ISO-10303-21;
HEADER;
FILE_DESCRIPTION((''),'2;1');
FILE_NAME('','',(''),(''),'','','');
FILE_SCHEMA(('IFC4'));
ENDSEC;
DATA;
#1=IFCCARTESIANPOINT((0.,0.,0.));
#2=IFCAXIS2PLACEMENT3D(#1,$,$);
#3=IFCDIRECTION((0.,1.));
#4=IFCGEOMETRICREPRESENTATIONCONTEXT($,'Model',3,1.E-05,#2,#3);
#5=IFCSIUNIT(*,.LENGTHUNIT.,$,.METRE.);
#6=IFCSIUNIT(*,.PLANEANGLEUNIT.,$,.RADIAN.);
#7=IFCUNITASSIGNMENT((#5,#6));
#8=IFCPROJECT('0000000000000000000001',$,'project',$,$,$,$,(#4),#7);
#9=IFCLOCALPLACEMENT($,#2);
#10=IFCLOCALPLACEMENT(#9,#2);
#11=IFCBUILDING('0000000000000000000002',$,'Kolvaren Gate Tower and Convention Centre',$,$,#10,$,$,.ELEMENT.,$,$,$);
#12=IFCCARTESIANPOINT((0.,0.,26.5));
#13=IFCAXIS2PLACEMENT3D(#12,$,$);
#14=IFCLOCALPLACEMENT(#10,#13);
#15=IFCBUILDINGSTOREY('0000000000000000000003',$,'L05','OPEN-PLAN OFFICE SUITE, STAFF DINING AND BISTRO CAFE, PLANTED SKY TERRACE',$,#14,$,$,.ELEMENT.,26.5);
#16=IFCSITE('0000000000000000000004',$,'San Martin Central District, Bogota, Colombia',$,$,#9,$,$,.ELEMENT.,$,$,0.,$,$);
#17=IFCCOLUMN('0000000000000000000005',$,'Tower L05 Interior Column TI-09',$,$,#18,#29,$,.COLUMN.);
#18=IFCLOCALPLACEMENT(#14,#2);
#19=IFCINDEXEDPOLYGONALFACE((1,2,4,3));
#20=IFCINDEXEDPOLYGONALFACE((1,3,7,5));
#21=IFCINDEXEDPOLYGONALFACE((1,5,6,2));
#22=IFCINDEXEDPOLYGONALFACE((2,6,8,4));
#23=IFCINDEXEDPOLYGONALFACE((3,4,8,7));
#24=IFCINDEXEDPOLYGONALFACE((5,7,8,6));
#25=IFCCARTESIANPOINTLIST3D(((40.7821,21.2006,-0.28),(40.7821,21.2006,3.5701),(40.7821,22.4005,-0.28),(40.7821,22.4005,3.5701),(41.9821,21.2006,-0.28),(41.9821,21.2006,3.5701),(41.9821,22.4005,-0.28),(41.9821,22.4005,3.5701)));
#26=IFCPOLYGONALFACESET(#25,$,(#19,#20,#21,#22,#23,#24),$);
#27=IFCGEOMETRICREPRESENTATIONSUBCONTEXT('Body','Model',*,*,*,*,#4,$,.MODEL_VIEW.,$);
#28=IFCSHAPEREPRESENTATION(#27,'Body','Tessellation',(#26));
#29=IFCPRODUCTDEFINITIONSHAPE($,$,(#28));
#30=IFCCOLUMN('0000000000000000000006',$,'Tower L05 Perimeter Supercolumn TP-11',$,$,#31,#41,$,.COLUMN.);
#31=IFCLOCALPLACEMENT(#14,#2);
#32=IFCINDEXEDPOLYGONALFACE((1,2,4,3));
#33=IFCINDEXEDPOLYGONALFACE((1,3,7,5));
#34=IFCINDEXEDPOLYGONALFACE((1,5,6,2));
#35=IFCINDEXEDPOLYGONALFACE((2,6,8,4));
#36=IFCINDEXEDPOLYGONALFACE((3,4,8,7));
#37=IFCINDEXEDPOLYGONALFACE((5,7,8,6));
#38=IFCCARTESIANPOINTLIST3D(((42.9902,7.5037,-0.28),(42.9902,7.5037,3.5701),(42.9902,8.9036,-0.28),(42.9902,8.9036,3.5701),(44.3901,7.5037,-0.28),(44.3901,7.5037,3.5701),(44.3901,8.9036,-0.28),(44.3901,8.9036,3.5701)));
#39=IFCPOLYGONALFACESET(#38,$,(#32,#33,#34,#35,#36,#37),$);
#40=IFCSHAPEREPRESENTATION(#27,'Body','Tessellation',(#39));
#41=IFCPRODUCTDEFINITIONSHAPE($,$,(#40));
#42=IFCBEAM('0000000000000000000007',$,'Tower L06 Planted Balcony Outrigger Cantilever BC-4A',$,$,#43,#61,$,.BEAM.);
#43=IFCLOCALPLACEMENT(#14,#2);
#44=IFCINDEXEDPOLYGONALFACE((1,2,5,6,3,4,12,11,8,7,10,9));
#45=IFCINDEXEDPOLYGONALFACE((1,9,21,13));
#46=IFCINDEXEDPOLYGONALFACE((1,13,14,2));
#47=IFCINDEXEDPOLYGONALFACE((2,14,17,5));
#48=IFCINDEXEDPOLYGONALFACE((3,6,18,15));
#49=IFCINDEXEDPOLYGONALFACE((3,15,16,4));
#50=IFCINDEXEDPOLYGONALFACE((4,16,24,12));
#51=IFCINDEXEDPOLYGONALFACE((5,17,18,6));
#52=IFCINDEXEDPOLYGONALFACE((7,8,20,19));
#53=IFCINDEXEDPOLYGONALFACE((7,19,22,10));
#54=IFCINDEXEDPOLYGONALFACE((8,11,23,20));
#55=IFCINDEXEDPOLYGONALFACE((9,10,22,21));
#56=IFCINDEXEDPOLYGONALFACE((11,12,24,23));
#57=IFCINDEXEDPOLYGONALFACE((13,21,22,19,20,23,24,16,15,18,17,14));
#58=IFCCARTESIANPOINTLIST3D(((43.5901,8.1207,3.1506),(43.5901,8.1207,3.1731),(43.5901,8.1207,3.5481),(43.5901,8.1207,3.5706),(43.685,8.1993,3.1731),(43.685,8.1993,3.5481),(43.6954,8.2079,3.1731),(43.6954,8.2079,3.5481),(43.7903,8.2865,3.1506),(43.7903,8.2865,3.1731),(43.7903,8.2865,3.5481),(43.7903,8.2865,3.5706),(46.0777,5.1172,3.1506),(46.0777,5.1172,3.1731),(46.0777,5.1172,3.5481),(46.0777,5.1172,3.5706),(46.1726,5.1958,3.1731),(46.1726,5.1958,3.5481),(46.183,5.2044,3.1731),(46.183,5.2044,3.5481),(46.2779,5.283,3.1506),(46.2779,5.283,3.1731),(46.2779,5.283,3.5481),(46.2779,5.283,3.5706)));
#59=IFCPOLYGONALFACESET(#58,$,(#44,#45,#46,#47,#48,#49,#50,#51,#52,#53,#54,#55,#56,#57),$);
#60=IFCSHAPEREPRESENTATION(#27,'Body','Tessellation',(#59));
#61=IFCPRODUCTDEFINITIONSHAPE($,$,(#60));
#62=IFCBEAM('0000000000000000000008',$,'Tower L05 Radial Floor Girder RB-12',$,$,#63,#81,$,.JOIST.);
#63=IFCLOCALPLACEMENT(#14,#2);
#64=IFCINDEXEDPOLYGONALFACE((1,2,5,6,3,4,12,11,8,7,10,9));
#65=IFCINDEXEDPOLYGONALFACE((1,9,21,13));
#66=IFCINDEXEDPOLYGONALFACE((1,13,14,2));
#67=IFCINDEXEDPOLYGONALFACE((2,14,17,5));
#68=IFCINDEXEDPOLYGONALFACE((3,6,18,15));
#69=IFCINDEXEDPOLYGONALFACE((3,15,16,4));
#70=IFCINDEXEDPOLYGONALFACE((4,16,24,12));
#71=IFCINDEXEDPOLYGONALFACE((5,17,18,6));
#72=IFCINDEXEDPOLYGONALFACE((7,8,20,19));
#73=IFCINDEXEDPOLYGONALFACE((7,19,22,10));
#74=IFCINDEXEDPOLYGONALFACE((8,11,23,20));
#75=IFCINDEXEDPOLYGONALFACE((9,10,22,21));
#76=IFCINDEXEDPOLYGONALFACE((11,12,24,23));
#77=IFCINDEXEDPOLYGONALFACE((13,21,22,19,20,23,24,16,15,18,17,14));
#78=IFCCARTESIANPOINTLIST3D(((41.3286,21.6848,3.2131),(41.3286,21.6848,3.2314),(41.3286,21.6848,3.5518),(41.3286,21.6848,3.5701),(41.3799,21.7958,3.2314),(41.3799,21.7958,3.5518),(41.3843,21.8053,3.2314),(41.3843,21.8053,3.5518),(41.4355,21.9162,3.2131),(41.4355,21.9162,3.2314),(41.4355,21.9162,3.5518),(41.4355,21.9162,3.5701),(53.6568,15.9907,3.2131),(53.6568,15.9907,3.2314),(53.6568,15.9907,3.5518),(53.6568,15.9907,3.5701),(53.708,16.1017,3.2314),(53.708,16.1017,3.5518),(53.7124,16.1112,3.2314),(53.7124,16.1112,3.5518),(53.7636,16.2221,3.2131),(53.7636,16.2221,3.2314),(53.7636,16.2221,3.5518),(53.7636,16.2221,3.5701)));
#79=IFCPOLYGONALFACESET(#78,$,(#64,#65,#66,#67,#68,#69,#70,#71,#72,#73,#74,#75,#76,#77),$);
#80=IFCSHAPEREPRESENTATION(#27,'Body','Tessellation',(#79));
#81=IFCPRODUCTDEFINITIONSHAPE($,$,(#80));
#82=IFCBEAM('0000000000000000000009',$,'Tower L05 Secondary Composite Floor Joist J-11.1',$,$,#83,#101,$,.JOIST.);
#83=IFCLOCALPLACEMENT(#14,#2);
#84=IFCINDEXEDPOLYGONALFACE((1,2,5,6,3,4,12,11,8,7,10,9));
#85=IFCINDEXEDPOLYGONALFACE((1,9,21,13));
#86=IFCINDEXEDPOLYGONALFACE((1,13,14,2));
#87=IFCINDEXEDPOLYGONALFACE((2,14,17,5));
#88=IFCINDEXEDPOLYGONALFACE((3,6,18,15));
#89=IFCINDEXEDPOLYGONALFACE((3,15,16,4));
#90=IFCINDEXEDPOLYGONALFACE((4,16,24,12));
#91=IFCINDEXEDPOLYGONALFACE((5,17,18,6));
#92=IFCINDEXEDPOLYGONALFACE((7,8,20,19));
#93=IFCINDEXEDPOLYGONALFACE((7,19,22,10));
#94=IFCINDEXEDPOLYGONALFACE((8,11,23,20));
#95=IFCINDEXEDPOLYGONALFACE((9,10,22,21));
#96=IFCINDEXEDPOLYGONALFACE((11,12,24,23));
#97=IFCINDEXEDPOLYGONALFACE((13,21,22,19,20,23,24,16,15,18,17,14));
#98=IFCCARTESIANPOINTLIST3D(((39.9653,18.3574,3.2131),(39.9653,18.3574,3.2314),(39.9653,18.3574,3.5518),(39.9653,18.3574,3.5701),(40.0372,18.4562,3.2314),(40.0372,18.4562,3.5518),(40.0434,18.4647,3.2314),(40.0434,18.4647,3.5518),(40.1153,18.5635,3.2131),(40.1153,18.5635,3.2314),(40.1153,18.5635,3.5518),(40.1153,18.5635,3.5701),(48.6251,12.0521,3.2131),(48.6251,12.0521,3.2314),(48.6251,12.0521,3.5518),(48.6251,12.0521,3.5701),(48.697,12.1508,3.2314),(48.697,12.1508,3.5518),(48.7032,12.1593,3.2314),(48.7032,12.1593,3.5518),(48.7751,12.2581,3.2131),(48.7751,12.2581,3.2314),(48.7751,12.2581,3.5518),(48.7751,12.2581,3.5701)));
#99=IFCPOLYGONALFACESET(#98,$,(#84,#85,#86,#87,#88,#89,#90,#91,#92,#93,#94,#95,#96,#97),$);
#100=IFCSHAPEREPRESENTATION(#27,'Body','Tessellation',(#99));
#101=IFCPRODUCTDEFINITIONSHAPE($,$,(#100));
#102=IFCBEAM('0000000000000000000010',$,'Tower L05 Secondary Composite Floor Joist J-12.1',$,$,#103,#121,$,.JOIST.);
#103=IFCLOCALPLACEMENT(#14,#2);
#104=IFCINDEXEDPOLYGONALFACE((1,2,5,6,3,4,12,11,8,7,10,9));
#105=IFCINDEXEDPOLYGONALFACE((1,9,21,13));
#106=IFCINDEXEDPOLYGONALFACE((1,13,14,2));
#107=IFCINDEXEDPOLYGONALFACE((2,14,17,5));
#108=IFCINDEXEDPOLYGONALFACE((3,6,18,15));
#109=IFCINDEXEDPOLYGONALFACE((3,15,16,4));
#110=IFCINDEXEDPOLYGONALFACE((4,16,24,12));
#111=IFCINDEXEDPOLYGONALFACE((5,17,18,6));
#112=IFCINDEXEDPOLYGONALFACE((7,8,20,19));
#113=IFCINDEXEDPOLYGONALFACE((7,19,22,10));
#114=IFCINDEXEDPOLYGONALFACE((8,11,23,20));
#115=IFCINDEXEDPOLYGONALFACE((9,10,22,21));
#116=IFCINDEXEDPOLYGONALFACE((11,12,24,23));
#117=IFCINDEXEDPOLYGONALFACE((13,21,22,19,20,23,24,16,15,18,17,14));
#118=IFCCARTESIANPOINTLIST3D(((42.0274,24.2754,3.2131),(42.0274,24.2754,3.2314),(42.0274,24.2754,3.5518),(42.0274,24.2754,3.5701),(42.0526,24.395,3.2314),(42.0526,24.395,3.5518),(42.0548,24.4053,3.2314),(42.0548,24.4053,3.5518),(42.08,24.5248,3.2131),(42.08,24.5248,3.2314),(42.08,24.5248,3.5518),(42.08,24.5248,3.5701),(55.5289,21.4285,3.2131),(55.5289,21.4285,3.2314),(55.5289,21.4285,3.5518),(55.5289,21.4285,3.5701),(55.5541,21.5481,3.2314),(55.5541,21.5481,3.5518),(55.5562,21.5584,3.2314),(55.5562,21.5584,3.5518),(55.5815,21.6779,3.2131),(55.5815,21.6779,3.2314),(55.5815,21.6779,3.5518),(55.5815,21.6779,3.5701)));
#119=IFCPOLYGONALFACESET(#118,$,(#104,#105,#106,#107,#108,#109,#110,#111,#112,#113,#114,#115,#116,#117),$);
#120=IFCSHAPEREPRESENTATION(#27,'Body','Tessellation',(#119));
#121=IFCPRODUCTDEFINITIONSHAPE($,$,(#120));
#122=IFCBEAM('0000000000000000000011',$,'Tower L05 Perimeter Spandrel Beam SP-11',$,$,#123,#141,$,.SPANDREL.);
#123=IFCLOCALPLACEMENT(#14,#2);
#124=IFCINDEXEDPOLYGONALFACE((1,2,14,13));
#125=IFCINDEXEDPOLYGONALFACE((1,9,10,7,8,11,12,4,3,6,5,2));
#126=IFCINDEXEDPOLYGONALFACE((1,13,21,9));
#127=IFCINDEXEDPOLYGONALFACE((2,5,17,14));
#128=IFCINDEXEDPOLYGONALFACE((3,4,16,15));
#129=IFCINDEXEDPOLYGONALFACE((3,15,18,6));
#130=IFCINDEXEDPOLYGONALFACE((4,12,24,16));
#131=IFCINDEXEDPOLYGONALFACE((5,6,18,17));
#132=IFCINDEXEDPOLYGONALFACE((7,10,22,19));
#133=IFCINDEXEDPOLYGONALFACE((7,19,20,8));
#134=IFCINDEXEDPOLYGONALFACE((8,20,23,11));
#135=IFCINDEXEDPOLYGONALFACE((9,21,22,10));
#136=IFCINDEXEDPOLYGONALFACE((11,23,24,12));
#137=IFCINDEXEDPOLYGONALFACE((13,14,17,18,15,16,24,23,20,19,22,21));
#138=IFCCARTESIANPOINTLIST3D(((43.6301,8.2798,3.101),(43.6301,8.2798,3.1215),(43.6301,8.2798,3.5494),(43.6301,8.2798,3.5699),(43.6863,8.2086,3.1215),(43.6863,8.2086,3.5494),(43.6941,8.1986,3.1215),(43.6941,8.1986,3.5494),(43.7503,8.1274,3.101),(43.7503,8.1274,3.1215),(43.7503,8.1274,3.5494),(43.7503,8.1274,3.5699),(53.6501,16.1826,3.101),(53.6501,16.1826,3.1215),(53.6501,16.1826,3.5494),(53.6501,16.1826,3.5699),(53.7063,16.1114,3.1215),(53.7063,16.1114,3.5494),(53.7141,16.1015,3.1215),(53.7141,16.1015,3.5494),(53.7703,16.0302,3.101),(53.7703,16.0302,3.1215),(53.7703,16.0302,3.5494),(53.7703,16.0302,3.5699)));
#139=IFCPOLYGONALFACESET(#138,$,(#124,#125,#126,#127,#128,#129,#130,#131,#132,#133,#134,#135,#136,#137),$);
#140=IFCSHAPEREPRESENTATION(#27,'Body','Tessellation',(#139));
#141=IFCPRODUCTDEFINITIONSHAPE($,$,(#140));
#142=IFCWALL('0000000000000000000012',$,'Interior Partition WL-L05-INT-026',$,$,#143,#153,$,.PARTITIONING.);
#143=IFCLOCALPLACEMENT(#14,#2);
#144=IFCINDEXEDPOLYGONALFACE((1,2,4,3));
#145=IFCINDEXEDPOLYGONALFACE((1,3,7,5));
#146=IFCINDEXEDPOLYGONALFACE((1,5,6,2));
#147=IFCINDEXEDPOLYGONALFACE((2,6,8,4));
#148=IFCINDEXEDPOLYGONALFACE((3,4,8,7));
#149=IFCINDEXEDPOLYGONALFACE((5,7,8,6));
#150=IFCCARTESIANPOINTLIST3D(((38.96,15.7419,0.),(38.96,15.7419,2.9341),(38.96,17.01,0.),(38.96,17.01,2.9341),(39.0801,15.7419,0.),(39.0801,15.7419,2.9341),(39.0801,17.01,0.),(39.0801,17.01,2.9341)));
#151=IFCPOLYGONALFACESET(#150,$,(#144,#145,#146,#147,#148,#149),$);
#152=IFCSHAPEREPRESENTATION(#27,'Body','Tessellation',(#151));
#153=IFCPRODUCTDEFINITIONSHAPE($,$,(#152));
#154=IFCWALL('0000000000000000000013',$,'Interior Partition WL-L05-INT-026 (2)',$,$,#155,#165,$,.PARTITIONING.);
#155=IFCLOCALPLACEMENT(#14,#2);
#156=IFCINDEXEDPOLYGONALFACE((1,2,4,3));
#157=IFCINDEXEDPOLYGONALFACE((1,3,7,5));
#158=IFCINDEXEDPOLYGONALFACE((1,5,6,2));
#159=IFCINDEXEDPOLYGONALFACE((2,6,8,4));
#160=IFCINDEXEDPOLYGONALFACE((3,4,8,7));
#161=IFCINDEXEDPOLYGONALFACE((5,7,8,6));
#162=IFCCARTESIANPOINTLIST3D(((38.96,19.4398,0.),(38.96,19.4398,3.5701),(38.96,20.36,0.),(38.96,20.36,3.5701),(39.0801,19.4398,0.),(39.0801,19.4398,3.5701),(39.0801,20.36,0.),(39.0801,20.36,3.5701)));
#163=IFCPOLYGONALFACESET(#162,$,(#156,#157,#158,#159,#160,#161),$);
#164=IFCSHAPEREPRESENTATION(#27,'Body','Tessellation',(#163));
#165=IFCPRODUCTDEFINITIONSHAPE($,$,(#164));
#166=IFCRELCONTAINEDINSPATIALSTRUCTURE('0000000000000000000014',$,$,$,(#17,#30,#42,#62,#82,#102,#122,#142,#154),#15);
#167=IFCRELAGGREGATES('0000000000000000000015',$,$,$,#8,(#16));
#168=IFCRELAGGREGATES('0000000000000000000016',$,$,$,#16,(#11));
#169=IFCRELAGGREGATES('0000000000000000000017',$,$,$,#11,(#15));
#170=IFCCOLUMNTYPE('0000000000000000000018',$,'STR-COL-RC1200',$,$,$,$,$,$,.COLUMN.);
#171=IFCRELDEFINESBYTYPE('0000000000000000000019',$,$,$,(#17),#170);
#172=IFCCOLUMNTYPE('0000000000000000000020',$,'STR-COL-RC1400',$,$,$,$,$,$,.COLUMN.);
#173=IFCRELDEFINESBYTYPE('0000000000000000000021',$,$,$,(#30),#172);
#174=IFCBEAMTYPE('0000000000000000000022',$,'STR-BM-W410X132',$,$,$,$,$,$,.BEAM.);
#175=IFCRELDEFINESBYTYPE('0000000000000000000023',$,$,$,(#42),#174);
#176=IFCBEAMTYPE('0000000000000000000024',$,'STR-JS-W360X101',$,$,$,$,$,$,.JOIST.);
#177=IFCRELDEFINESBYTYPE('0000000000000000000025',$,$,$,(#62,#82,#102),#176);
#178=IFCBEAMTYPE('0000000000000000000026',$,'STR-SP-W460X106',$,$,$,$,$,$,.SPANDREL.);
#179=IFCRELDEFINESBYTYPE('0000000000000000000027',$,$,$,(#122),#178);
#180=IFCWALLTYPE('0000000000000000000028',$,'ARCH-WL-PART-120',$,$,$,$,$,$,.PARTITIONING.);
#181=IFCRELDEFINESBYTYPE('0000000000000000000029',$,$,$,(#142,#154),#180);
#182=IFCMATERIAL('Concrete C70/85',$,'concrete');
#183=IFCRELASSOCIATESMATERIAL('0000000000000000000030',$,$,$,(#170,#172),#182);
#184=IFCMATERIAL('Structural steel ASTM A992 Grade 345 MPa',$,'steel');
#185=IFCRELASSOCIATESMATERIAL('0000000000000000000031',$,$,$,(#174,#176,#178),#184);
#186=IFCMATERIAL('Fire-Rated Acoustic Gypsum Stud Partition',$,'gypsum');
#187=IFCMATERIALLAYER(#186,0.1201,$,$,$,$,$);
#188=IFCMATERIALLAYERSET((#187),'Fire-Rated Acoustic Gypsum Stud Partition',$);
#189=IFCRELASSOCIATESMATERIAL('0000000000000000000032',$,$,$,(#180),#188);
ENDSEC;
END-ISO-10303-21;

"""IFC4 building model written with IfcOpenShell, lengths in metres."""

from ifc_helpers import new_model, si_unit, direction, frame, frame_2d, origin, origin_2d, place, context, subcontext, project, spatial, rectangle, i_section, extrude, material, layer, layer_set, material_profile, profile_set, type_object, element, save


model = new_model("IFC4")

# Units and contexts
model_context = context("Model", 3, precision=1e-05, world=origin(), true_north=direction((0.0, 1.0)))
body_context = subcontext(model_context, "Body", "Model", "MODEL_VIEW")
ifc_project = project(units=[si_unit("LENGTHUNIT", "METRE"), si_unit("PLANEANGLEUNIT", "RADIAN")], contexts=[model_context])

# Site, building, storey
site_placement = place(None, origin())
site = spatial("IfcSite", under=ifc_project, at=site_placement, Name="San Martin Central District, Bogota, Colombia", CompositionType="ELEMENT", RefElevation=0.0)
building_placement = place(site_placement, origin())
building = spatial("IfcBuilding", under=site, at=building_placement, Name="Kolvaren Gate Tower and Convention Centre", CompositionType="ELEMENT")
storey_placement = place(building_placement, frame((0.0, 0.0, 26.5)))
storey = spatial("IfcBuildingStorey", under=building, at=storey_placement, Name="L05", Description="OPEN-PLAN OFFICE SUITE, STAFF DINING AND BISTRO CAFE, PLANTED SKY TERRACE", CompositionType="ELEMENT", Elevation=26.5)

# Columns
ifc_material_1 = material(Name="Concrete C70/85", Category="concrete")
ifc_material_profile_1 = material_profile(ifc_material_1, rectangle(XDim=1.2, YDim=1.2, at=origin_2d()), Name="RC-COL-1200X1200")
ifc_profile_set_1 = profile_set([ifc_material_profile_1], Name="Concrete C70/85")
column_type_1 = type_object("IfcColumnType", Name="STR-COL-RC1200", PredefinedType="COLUMN", material=ifc_profile_set_1)
column_1_placement = place(storey_placement, frame((41.3821, 21.8005, -0.28), z_axis=(0.0, 0.0, 1.0), x_axis=(1.0, 0.0, 0.0)))
element("IfcColumn", 1, at=column_1_placement, inside=storey, type_object=column_type_1, Name="Tower L05 Interior Column TI-09", PredefinedType="COLUMN", context=body_context, shape_type="SweptSolid", body=[
    extrude(rectangle(XDim=1.2, YDim=1.2, at=origin_2d()), origin(), (0.0, 0.0, 1.0), 3.8501),
])
ifc_material_profile_2 = material_profile(ifc_material_1, rectangle(XDim=1.3999, YDim=1.3999, at=origin_2d()), Name="RC-COL-1400X1400")
ifc_profile_set_2 = profile_set([ifc_material_profile_2], Name="Concrete C70/85")
column_type_2 = type_object("IfcColumnType", Name="STR-COL-RC1400", PredefinedType="COLUMN", material=ifc_profile_set_2)
column_2_placement = place(storey_placement, frame((43.6902, 8.2036, -0.28), z_axis=(0.0, 0.0, 1.0), x_axis=(1.0, 0.0, 0.0)))
element("IfcColumn", 2, at=column_2_placement, inside=storey, type_object=column_type_2, Name="Tower L05 Perimeter Supercolumn TP-11", PredefinedType="COLUMN", context=body_context, shape_type="SweptSolid", body=[
    extrude(rectangle(XDim=1.3999, YDim=1.3999, at=origin_2d()), origin(), (0.0, 0.0, 1.0), 3.8501),
])

# Beams
ifc_material_2 = material(Name="Structural steel ASTM A992 Grade 345 MPa", Category="steel")
ifc_material_profile_3 = material_profile(ifc_material_2, i_section(OverallWidth=0.26, OverallDepth=0.4199, WebThickness=0.0134, FlangeThickness=0.0225, at=origin_2d()), Name="W410X132")
ifc_profile_set_3 = profile_set([ifc_material_profile_3], Name="Structural steel ASTM A992 Grade 345 MPa")
beam_type_1 = type_object("IfcBeamType", Name="STR-BM-W410X132", PredefinedType="BEAM", material=ifc_profile_set_3)
beam_1_placement = place(storey_placement, frame((43.6902, 8.2036, 3.3606), z_axis=(0.637866, -0.770147, 0.0), x_axis=(0.770147, 0.637866, 0.0)))
element("IfcBeam", 3, at=beam_1_placement, inside=storey, type_object=beam_type_1, Name="Tower L06 Planted Balcony Outrigger Cantilever BC-4A", PredefinedType="BEAM", context=body_context, shape_type="SweptSolid", body=[
    extrude(i_section(OverallWidth=0.26, OverallDepth=0.4199, WebThickness=0.0134, FlangeThickness=0.0225, at=origin_2d()), origin(), (0.0, 0.0, 1.0), 3.8999),
])
ifc_material_profile_4 = material_profile(ifc_material_2, i_section(OverallWidth=0.2549, OverallDepth=0.3569, WebThickness=0.0105, FlangeThickness=0.0183, at=origin_2d()), Name="W360X101")
ifc_profile_set_4 = profile_set([ifc_material_profile_4], Name="Structural steel ASTM A992 Grade 345 MPa")
beam_type_2 = type_object("IfcBeamType", Name="STR-JS-W360X101", PredefinedType="JOIST", material=ifc_profile_set_4)
beam_2_placement = place(storey_placement, frame((41.3821, 21.8005, 3.3916), z_axis=(0.907842, -0.419312, 0.0), x_axis=(0.419312, 0.907842, 0.0)))
element("IfcBeam", 4, at=beam_2_placement, inside=storey, type_object=beam_type_2, Name="Tower L05 Radial Floor Girder RB-12", PredefinedType="JOIST", context=body_context, shape_type="SweptSolid", body=[
    extrude(i_section(OverallWidth=0.2549, OverallDepth=0.3569, WebThickness=0.0105, FlangeThickness=0.0183, at=origin_2d()), origin(), (0.0, 0.0, 1.0), 13.5796),
])
beam_3_placement = place(storey_placement, frame((40.0403, 18.4604, 3.3916), z_axis=(0.808412, -0.588617, 0.0), x_axis=(0.588617, 0.808412, 0.0)))
element("IfcBeam", 5, at=beam_3_placement, inside=storey, type_object=beam_type_2, Name="Tower L05 Secondary Composite Floor Joist J-11.1", PredefinedType="JOIST", context=body_context, shape_type="SweptSolid", body=[
    extrude(i_section(OverallWidth=0.2549, OverallDepth=0.3569, WebThickness=0.0105, FlangeThickness=0.0183, at=origin_2d()), origin(), (0.0, 0.0, 1.0), 10.7122),
])
beam_4_placement = place(storey_placement, frame((42.0537, 24.4001, 3.3916), z_axis=(0.978484, -0.206323, 0.0), x_axis=(0.206323, 0.978484, 0.0)))
element("IfcBeam", 6, at=beam_4_placement, inside=storey, type_object=beam_type_2, Name="Tower L05 Secondary Composite Floor Joist J-12.1", PredefinedType="JOIST", context=body_context, shape_type="SweptSolid", body=[
    extrude(i_section(OverallWidth=0.2549, OverallDepth=0.3569, WebThickness=0.0105, FlangeThickness=0.0183, at=origin_2d()), origin(), (0.0, 0.0, 1.0), 13.7983),
])
ifc_material_profile_5 = material_profile(ifc_material_2, i_section(OverallWidth=0.1941, OverallDepth=0.469, WebThickness=0.0127, FlangeThickness=0.0205, at=origin_2d()), Name="W460X106")
ifc_profile_set_5 = profile_set([ifc_material_profile_5], Name="Structural steel ASTM A992 Grade 345 MPa")
beam_type_3 = type_object("IfcBeamType", Name="STR-SP-W460X106", PredefinedType="SPANDREL", material=ifc_profile_set_5)
beam_5_placement = place(storey_placement, frame((43.6902, 8.2036, 3.3354), z_axis=(0.785176, 0.619272, 0.0), x_axis=(-0.619272, 0.785176, 0.0)))
element("IfcBeam", 7, at=beam_5_placement, inside=storey, type_object=beam_type_3, Name="Tower L05 Perimeter Spandrel Beam SP-11", PredefinedType="SPANDREL", context=body_context, shape_type="SweptSolid", body=[
    extrude(i_section(OverallWidth=0.1941, OverallDepth=0.469, WebThickness=0.0127, FlangeThickness=0.0205, at=origin_2d()), origin(), (0.0, 0.0, 1.0), 12.7615),
])

# Walls
ifc_material_3 = material(Name="Fire-Rated Acoustic Gypsum Stud Partition", Category="gypsum")
ifc_layer_1 = layer(ifc_material_3, 0.1201)
ifc_layer_set_1 = layer_set([ifc_layer_1], Name="Fire-Rated Acoustic Gypsum Stud Partition")
wall_type_1 = type_object("IfcWallType", Name="ARCH-WL-PART-120", PredefinedType="PARTITIONING", material=ifc_layer_set_1)
wall_1_placement = place(storey_placement, frame((39.02, 15.7419, 0.0), z_axis=(0.0, 0.0, 1.0), x_axis=(0.0, 1.0, 0.0)))
element("IfcWall", 8, at=wall_1_placement, inside=storey, type_object=wall_type_1, Name="Interior Partition WL-L05-INT-026", PredefinedType="PARTITIONING", context=body_context, shape_type="SweptSolid", body=[
    extrude(rectangle(XDim=1.2681, YDim=0.1201, at=frame_2d((0.634, 0.0))), origin(), (0.0, 0.0, 1.0), 2.9341),
])
wall_2_placement = place(storey_placement, frame((39.02, 19.4399, 0.0), z_axis=(0.0, 0.0, 1.0), x_axis=(0.0, 1.0, 0.0)))
element("IfcWall", 9, at=wall_2_placement, inside=storey, type_object=wall_type_1, Name="Interior Partition WL-L05-INT-026 (2)", PredefinedType="PARTITIONING", context=body_context, shape_type="SweptSolid", body=[
    extrude(rectangle(XDim=0.9202, YDim=0.1201, at=frame_2d((0.46, 0.0))), origin(), (0.0, 0.0, 1.0), 3.5701),
])

save(model, "model.ifc")
